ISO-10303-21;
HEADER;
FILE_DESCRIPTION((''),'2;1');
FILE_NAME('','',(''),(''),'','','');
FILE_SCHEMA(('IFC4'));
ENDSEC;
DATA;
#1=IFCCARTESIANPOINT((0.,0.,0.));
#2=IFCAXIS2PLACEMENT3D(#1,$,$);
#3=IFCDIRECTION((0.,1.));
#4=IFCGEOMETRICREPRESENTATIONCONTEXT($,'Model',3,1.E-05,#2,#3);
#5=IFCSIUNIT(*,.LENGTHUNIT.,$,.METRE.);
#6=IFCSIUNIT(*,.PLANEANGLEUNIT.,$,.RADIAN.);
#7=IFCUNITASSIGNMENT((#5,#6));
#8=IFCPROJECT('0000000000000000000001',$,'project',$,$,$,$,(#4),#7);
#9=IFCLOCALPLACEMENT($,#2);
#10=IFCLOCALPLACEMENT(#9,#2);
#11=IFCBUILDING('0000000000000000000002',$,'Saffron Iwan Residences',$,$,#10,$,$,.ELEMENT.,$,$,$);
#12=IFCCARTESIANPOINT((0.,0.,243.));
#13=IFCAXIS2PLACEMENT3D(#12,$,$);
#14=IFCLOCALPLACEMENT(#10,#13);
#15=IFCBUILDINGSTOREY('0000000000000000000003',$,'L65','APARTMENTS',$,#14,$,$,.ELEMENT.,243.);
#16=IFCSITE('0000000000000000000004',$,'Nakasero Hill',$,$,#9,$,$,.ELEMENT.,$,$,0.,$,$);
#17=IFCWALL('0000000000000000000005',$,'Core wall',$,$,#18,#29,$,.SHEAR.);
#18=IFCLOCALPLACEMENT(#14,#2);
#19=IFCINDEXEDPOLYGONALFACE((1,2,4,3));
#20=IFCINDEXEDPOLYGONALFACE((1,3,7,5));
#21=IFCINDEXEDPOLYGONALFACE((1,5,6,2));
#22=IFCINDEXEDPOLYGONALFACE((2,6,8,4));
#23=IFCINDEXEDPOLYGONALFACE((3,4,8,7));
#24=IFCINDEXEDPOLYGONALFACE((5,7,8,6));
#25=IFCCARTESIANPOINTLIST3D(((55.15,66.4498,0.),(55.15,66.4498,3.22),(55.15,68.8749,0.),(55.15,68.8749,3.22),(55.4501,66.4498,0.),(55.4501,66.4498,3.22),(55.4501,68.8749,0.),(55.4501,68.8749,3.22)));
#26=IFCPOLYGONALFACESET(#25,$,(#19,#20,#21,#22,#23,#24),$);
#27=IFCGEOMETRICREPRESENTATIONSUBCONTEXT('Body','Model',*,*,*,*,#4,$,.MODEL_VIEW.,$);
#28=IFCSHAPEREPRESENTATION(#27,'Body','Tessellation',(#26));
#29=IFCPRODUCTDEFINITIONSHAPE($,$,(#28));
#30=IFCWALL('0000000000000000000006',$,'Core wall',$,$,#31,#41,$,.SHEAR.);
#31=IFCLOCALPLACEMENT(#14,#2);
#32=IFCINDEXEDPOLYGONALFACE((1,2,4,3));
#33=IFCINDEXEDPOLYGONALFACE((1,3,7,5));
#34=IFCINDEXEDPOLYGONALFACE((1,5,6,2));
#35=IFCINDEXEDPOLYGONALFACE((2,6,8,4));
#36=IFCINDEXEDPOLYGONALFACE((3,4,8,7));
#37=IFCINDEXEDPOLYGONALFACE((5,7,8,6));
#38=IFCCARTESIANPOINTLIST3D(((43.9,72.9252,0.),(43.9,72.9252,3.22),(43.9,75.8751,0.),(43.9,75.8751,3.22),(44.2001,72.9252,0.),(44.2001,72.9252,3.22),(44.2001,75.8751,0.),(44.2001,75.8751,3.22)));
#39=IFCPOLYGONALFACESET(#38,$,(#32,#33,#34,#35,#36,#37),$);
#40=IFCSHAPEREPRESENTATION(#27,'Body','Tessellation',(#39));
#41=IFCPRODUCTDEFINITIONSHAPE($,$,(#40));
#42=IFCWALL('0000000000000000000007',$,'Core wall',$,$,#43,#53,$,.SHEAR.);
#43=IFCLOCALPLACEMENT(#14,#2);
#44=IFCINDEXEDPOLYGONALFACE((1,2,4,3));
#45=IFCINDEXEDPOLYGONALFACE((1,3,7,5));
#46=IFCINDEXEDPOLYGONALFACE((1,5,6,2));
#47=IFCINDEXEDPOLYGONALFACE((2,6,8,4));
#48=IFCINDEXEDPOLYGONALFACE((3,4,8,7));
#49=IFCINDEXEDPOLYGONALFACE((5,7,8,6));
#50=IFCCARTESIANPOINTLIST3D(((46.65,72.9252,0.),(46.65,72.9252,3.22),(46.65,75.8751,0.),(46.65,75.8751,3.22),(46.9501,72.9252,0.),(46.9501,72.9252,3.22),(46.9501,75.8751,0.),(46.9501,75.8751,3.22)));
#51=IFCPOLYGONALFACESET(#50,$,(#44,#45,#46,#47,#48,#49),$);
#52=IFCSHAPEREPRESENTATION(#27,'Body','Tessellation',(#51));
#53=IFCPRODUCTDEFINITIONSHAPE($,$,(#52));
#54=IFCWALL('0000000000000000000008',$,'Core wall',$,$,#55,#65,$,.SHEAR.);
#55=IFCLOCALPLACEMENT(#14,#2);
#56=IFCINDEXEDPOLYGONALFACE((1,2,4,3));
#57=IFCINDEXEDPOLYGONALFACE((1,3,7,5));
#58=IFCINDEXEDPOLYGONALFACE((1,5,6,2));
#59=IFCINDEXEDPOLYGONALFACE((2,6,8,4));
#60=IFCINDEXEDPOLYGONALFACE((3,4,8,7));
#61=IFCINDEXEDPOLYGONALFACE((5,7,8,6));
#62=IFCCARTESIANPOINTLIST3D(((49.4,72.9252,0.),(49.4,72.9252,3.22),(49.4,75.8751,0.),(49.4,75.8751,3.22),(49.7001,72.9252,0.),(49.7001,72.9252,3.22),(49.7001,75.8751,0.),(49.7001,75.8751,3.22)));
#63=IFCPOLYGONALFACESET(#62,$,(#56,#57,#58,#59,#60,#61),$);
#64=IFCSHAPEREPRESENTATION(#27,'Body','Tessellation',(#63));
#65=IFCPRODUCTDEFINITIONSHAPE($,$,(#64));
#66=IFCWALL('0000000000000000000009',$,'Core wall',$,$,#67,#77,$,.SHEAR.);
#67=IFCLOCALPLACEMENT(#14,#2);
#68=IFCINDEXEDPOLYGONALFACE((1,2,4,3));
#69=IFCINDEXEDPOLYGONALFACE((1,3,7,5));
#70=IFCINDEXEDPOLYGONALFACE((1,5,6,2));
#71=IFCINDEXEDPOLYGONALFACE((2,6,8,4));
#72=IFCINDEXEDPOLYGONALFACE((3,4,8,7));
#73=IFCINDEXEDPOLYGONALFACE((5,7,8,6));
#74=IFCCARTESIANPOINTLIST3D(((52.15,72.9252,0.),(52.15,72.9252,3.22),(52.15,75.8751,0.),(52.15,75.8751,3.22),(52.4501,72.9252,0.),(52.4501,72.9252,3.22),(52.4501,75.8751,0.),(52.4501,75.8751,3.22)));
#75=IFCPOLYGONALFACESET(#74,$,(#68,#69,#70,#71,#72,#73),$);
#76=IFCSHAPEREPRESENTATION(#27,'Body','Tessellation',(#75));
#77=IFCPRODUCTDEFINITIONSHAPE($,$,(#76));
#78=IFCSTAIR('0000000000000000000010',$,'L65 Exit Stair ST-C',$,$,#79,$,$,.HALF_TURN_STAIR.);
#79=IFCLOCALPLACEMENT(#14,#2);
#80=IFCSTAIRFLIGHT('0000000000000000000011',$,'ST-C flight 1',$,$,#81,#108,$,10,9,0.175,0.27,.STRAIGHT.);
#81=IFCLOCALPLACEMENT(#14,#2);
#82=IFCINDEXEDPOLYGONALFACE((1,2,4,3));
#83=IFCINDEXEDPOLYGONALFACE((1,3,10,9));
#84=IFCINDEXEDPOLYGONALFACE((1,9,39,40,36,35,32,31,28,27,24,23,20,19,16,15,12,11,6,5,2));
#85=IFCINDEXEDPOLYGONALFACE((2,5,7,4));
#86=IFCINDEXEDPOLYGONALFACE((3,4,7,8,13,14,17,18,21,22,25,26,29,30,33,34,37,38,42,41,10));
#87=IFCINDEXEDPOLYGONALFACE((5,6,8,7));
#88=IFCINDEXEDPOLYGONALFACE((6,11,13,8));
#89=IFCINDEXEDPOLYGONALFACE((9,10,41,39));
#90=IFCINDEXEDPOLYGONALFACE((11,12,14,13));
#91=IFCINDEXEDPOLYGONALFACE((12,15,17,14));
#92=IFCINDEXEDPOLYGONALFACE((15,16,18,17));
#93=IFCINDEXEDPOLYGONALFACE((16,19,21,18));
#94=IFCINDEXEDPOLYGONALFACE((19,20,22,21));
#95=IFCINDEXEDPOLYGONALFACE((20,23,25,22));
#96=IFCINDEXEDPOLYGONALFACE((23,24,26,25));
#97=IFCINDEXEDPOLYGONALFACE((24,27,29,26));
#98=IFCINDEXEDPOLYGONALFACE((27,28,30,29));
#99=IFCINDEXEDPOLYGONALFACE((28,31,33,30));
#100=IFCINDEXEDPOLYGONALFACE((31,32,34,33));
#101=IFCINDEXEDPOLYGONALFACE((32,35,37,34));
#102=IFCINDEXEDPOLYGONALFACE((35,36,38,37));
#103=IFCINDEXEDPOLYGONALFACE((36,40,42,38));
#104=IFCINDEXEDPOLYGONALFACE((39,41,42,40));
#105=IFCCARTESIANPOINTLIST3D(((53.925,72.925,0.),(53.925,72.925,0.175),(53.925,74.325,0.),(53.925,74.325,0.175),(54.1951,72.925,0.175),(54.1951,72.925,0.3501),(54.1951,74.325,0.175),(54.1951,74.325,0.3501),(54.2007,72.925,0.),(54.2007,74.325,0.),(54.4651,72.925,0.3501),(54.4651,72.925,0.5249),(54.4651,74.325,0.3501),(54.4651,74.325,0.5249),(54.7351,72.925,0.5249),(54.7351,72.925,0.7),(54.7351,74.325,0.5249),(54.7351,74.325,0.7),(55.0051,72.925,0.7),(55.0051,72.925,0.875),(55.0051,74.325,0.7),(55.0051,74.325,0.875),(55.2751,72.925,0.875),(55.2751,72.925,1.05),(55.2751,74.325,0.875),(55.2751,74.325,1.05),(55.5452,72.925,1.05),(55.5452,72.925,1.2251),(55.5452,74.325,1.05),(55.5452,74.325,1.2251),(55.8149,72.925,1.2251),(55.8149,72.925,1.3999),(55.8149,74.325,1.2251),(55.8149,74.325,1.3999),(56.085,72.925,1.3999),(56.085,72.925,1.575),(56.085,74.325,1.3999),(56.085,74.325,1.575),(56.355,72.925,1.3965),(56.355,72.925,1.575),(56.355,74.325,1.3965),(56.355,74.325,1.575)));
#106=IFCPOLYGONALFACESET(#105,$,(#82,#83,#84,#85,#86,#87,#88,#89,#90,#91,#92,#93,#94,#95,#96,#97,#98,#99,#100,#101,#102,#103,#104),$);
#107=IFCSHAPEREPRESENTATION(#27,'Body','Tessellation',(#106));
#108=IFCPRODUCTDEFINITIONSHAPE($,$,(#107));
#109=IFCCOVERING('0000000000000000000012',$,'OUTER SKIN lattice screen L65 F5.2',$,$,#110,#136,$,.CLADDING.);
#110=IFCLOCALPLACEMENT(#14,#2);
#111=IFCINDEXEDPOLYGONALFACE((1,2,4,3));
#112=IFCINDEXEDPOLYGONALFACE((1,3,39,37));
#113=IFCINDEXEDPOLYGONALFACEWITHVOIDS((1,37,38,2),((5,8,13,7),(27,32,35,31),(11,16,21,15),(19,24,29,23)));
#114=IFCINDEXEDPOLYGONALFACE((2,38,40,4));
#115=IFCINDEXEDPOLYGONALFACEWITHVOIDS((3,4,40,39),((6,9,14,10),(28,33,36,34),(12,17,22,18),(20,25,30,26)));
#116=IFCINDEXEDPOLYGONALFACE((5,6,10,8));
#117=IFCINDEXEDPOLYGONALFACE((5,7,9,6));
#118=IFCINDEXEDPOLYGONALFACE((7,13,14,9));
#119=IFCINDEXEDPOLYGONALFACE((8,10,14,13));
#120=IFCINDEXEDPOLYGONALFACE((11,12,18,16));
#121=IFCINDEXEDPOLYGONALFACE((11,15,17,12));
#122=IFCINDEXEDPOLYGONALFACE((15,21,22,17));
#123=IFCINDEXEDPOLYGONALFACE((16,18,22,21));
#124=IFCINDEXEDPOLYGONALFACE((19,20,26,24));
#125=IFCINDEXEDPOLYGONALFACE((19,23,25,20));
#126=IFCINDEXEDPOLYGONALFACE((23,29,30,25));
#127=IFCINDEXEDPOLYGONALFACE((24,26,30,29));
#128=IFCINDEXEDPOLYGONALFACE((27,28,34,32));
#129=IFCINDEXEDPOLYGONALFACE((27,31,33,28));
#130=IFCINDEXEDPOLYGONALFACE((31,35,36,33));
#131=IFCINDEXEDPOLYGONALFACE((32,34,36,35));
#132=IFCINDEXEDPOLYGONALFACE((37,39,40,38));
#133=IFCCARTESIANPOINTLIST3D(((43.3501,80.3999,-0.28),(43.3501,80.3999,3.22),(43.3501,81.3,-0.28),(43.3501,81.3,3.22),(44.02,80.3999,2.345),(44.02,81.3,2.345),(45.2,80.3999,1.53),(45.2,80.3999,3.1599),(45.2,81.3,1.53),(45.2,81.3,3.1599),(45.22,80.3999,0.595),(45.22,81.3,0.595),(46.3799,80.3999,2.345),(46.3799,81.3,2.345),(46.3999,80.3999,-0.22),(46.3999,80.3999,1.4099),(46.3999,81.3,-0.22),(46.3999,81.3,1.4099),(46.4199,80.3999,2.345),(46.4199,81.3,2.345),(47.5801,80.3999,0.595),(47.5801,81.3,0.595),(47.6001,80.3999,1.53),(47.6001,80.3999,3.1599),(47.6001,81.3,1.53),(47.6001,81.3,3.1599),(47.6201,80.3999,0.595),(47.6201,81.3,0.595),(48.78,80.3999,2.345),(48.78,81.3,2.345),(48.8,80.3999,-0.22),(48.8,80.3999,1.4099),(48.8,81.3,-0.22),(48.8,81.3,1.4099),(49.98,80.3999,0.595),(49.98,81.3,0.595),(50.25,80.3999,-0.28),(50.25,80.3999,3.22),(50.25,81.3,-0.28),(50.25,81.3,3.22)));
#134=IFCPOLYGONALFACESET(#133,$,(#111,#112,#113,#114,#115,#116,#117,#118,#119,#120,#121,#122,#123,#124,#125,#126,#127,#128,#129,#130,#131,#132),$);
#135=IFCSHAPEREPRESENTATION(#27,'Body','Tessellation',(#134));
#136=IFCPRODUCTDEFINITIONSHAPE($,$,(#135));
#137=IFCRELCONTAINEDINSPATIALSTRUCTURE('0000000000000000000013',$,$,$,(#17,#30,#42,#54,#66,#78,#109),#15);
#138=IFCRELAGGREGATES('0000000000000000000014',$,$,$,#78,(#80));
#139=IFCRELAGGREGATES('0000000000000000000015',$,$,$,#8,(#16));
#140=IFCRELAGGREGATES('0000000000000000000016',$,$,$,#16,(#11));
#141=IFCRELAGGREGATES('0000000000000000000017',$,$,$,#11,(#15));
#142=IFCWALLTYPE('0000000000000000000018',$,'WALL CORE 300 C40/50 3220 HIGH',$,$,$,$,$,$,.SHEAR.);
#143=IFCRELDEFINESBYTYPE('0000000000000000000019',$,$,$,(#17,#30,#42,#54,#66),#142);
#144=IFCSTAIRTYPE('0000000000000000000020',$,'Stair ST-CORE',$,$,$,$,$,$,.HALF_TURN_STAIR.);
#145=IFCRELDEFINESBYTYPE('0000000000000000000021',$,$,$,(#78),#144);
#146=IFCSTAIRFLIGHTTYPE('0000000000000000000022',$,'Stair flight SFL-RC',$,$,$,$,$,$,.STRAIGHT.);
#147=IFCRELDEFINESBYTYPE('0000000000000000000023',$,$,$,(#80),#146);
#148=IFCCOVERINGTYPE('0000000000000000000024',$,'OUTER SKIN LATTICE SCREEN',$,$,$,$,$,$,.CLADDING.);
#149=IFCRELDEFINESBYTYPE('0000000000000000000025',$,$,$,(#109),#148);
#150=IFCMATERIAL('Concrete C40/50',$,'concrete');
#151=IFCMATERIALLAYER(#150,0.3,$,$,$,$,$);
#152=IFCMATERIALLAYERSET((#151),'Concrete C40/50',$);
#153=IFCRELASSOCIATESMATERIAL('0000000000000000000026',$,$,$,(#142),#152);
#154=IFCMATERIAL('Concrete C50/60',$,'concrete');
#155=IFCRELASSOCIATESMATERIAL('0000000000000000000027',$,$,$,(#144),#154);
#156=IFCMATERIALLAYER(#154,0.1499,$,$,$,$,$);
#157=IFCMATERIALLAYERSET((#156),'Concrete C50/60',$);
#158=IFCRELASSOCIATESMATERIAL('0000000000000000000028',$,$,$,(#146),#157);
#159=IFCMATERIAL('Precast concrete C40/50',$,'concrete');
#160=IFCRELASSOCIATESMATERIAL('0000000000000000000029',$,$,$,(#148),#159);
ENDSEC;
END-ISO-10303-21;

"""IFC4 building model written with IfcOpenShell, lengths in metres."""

from ifc_helpers import new_model, si_unit, direction, frame, frame_2d, origin, place, context, subcontext, project, spatial, polyline, rectangle, outline, extrude, material, layer, layer_set, type_object, element, aggregate, save


model = new_model("IFC4")

# Units and contexts
model_context = context("Model", 3, precision=1e-05, world=origin(), true_north=direction((0.0, 1.0)))
body_context = subcontext(model_context, "Body", "Model", "MODEL_VIEW")
ifc_project = project(units=[si_unit("LENGTHUNIT", "METRE"), si_unit("PLANEANGLEUNIT", "RADIAN")], contexts=[model_context])

# Site, building, storey
site_placement = place(None, origin())
site = spatial("IfcSite", under=ifc_project, at=site_placement, Name="Nakasero Hill", CompositionType="ELEMENT", RefElevation=0.0)
building_placement = place(site_placement, origin())
building = spatial("IfcBuilding", under=site, at=building_placement, Name="Saffron Iwan Residences", CompositionType="ELEMENT")
storey_placement = place(building_placement, frame((0.0, 0.0, 243.0)))
storey = spatial("IfcBuildingStorey", under=building, at=storey_placement, Name="L65", Description="APARTMENTS", CompositionType="ELEMENT", Elevation=243.0)

# Shared definitions
ifc_material_1 = material(Name="Concrete C40/50", Category="concrete")

# Walls
ifc_layer_1 = layer(ifc_material_1, 0.3)
ifc_layer_set_1 = layer_set([ifc_layer_1], Name="Concrete C40/50")
wall_type_1 = type_object("IfcWallType", Name="WALL CORE 300 C40/50 3220 HIGH", PredefinedType="SHEAR", material=ifc_layer_set_1)
for number, where, z_axis, x_axis, name in (
    (1, (55.3, 66.45, 0.0), (0.0, 0.0, 1.0), (0.0, 1.0, 0.0), "Core wall"),
):
    element("IfcWall", number, at=place(storey_placement, frame(where, z_axis=z_axis, x_axis=x_axis)), inside=storey, type_object=wall_type_1, Name=name, PredefinedType="SHEAR", context=body_context, shape_type="SweptSolid", body=[
        extrude(rectangle(XDim=2.425, YDim=0.3, at=frame_2d((1.2124, 0.0))), origin(), (0.0, 0.0, 1.0), 3.22),
    ])
for number, where, z_axis, x_axis, name in (
    (2, (44.05, 72.925, 0.0), (0.0, 0.0, 1.0), (0.0, 1.0, 0.0), "Core wall"),
    (3, (46.8, 72.925, 0.0), (0.0, 0.0, 1.0), (0.0, 1.0, 0.0), "Core wall"),
    (4, (49.55, 72.925, 0.0), (0.0, 0.0, 1.0), (0.0, 1.0, 0.0), "Core wall"),
    (5, (52.3, 72.925, 0.0), (0.0, 0.0, 1.0), (0.0, 1.0, 0.0), "Core wall"),
):
    element("IfcWall", number, at=place(storey_placement, frame(where, z_axis=z_axis, x_axis=x_axis)), inside=storey, type_object=wall_type_1, Name=name, PredefinedType="SHEAR", context=body_context, shape_type="SweptSolid", body=[
        extrude(rectangle(XDim=2.95, YDim=0.3, at=frame_2d((1.4751, 0.0))), origin(), (0.0, 0.0, 1.0), 3.22),
    ])

# Stair, stair flight
ifc_material_2 = material(Name="Concrete C50/60", Category="concrete")
stair_type = type_object("IfcStairType", Name="Stair ST-CORE", PredefinedType="HALF_TURN_STAIR", material=ifc_material_2)
stair_placement = place(storey_placement, origin())
stair = element("IfcStair", 6, at=stair_placement, inside=storey, type_object=stair_type, Name="L65 Exit Stair ST-C", PredefinedType="HALF_TURN_STAIR")
ifc_layer_2 = layer(ifc_material_2, 0.1499)
ifc_layer_set_2 = layer_set([ifc_layer_2], Name="Concrete C50/60")
stair_flight_type = type_object("IfcStairFlightType", Name="Stair flight SFL-RC", PredefinedType="STRAIGHT", material=ifc_layer_set_2)
stair_flight_placement = place(storey_placement, frame((53.925, 73.625, 0.0), z_axis=(0.0, 0.0, 1.0), x_axis=(1.0, 0.0, 0.0)))
stair_flight = element("IfcStairFlight", 7, at=stair_flight_placement, type_object=stair_flight_type, Name="ST-C flight 1", NumberOfRisers=10, NumberOfTreads=9, PredefinedType="STRAIGHT", RiserHeight=0.175, TreadLength=0.27, context=body_context, shape_type="SweptSolid", body=[
    extrude(outline(polyline([(0.0, 0.0), (0.0, 0.175), (0.27, 0.175), (0.27, 0.3501), (0.54, 0.3501), (0.54, 0.5249), (0.8101, 0.5249), (0.8101, 0.7), (1.0801, 0.7), (1.0801, 0.875), (1.3501, 0.875), (1.3501, 1.05), (1.6201, 1.05), (1.6201, 1.2251), (1.8899, 1.2251), (1.8899, 1.3999), (2.1599, 1.3999), (2.1599, 1.575), (2.4299, 1.575), (2.4299, 1.75), (2.4299, 1.3965), (0.2756, 0.0), (0.0, 0.0)])), frame((0.0, 0.7, 0.0), z_axis=(0.0, -1.0, 0.0), x_axis=(1.0, 0.0, 0.0)), (0.0, 0.0, 1.0), 1.3999),
])
aggregate(stair, [stair_flight])

# Covering
ifc_material_3 = material(Name="Precast concrete C40/50", Category="concrete")
covering_type_1 = type_object("IfcCoveringType", Name="OUTER SKIN LATTICE SCREEN", PredefinedType="CLADDING", material=ifc_material_3)
covering_1_placement = place(storey_placement, frame((50.25, 80.3999, -0.28), z_axis=(0.0, 1.0, 0.0), x_axis=(-1.0, 0.0, 0.0)))
element("IfcCovering", 8, at=covering_1_placement, inside=storey, type_object=covering_type_1, Name="OUTER SKIN lattice screen L65 F5.2", PredefinedType="CLADDING", context=body_context, shape_type="SweptSolid", body=[
    extrude(outline(polyline([(0.0, 0.0), (6.8999, 0.0), (6.8999, 3.5), (0.0, 3.5), (0.0, 0.0)]), holes=[polyline([(0.27, 0.875), (1.45, 0.0601), (2.6299, 0.875), (1.45, 1.6899), (0.27, 0.875)]), polyline([(2.6699, 0.875), (3.8501, 0.0601), (5.03, 0.875), (3.8501, 1.6899), (2.6699, 0.875)]), polyline([(1.47, 2.625), (2.6499, 1.8101), (3.8301, 2.625), (2.6499, 3.4399), (1.47, 2.625)]), polyline([(3.8701, 2.625), (5.05, 1.8101), (6.23, 2.625), (5.05, 3.4399), (3.8701, 2.625)])]), origin(), (0.0, 0.0, 1.0), 0.9001),
])

save(model, "model.ifc")
